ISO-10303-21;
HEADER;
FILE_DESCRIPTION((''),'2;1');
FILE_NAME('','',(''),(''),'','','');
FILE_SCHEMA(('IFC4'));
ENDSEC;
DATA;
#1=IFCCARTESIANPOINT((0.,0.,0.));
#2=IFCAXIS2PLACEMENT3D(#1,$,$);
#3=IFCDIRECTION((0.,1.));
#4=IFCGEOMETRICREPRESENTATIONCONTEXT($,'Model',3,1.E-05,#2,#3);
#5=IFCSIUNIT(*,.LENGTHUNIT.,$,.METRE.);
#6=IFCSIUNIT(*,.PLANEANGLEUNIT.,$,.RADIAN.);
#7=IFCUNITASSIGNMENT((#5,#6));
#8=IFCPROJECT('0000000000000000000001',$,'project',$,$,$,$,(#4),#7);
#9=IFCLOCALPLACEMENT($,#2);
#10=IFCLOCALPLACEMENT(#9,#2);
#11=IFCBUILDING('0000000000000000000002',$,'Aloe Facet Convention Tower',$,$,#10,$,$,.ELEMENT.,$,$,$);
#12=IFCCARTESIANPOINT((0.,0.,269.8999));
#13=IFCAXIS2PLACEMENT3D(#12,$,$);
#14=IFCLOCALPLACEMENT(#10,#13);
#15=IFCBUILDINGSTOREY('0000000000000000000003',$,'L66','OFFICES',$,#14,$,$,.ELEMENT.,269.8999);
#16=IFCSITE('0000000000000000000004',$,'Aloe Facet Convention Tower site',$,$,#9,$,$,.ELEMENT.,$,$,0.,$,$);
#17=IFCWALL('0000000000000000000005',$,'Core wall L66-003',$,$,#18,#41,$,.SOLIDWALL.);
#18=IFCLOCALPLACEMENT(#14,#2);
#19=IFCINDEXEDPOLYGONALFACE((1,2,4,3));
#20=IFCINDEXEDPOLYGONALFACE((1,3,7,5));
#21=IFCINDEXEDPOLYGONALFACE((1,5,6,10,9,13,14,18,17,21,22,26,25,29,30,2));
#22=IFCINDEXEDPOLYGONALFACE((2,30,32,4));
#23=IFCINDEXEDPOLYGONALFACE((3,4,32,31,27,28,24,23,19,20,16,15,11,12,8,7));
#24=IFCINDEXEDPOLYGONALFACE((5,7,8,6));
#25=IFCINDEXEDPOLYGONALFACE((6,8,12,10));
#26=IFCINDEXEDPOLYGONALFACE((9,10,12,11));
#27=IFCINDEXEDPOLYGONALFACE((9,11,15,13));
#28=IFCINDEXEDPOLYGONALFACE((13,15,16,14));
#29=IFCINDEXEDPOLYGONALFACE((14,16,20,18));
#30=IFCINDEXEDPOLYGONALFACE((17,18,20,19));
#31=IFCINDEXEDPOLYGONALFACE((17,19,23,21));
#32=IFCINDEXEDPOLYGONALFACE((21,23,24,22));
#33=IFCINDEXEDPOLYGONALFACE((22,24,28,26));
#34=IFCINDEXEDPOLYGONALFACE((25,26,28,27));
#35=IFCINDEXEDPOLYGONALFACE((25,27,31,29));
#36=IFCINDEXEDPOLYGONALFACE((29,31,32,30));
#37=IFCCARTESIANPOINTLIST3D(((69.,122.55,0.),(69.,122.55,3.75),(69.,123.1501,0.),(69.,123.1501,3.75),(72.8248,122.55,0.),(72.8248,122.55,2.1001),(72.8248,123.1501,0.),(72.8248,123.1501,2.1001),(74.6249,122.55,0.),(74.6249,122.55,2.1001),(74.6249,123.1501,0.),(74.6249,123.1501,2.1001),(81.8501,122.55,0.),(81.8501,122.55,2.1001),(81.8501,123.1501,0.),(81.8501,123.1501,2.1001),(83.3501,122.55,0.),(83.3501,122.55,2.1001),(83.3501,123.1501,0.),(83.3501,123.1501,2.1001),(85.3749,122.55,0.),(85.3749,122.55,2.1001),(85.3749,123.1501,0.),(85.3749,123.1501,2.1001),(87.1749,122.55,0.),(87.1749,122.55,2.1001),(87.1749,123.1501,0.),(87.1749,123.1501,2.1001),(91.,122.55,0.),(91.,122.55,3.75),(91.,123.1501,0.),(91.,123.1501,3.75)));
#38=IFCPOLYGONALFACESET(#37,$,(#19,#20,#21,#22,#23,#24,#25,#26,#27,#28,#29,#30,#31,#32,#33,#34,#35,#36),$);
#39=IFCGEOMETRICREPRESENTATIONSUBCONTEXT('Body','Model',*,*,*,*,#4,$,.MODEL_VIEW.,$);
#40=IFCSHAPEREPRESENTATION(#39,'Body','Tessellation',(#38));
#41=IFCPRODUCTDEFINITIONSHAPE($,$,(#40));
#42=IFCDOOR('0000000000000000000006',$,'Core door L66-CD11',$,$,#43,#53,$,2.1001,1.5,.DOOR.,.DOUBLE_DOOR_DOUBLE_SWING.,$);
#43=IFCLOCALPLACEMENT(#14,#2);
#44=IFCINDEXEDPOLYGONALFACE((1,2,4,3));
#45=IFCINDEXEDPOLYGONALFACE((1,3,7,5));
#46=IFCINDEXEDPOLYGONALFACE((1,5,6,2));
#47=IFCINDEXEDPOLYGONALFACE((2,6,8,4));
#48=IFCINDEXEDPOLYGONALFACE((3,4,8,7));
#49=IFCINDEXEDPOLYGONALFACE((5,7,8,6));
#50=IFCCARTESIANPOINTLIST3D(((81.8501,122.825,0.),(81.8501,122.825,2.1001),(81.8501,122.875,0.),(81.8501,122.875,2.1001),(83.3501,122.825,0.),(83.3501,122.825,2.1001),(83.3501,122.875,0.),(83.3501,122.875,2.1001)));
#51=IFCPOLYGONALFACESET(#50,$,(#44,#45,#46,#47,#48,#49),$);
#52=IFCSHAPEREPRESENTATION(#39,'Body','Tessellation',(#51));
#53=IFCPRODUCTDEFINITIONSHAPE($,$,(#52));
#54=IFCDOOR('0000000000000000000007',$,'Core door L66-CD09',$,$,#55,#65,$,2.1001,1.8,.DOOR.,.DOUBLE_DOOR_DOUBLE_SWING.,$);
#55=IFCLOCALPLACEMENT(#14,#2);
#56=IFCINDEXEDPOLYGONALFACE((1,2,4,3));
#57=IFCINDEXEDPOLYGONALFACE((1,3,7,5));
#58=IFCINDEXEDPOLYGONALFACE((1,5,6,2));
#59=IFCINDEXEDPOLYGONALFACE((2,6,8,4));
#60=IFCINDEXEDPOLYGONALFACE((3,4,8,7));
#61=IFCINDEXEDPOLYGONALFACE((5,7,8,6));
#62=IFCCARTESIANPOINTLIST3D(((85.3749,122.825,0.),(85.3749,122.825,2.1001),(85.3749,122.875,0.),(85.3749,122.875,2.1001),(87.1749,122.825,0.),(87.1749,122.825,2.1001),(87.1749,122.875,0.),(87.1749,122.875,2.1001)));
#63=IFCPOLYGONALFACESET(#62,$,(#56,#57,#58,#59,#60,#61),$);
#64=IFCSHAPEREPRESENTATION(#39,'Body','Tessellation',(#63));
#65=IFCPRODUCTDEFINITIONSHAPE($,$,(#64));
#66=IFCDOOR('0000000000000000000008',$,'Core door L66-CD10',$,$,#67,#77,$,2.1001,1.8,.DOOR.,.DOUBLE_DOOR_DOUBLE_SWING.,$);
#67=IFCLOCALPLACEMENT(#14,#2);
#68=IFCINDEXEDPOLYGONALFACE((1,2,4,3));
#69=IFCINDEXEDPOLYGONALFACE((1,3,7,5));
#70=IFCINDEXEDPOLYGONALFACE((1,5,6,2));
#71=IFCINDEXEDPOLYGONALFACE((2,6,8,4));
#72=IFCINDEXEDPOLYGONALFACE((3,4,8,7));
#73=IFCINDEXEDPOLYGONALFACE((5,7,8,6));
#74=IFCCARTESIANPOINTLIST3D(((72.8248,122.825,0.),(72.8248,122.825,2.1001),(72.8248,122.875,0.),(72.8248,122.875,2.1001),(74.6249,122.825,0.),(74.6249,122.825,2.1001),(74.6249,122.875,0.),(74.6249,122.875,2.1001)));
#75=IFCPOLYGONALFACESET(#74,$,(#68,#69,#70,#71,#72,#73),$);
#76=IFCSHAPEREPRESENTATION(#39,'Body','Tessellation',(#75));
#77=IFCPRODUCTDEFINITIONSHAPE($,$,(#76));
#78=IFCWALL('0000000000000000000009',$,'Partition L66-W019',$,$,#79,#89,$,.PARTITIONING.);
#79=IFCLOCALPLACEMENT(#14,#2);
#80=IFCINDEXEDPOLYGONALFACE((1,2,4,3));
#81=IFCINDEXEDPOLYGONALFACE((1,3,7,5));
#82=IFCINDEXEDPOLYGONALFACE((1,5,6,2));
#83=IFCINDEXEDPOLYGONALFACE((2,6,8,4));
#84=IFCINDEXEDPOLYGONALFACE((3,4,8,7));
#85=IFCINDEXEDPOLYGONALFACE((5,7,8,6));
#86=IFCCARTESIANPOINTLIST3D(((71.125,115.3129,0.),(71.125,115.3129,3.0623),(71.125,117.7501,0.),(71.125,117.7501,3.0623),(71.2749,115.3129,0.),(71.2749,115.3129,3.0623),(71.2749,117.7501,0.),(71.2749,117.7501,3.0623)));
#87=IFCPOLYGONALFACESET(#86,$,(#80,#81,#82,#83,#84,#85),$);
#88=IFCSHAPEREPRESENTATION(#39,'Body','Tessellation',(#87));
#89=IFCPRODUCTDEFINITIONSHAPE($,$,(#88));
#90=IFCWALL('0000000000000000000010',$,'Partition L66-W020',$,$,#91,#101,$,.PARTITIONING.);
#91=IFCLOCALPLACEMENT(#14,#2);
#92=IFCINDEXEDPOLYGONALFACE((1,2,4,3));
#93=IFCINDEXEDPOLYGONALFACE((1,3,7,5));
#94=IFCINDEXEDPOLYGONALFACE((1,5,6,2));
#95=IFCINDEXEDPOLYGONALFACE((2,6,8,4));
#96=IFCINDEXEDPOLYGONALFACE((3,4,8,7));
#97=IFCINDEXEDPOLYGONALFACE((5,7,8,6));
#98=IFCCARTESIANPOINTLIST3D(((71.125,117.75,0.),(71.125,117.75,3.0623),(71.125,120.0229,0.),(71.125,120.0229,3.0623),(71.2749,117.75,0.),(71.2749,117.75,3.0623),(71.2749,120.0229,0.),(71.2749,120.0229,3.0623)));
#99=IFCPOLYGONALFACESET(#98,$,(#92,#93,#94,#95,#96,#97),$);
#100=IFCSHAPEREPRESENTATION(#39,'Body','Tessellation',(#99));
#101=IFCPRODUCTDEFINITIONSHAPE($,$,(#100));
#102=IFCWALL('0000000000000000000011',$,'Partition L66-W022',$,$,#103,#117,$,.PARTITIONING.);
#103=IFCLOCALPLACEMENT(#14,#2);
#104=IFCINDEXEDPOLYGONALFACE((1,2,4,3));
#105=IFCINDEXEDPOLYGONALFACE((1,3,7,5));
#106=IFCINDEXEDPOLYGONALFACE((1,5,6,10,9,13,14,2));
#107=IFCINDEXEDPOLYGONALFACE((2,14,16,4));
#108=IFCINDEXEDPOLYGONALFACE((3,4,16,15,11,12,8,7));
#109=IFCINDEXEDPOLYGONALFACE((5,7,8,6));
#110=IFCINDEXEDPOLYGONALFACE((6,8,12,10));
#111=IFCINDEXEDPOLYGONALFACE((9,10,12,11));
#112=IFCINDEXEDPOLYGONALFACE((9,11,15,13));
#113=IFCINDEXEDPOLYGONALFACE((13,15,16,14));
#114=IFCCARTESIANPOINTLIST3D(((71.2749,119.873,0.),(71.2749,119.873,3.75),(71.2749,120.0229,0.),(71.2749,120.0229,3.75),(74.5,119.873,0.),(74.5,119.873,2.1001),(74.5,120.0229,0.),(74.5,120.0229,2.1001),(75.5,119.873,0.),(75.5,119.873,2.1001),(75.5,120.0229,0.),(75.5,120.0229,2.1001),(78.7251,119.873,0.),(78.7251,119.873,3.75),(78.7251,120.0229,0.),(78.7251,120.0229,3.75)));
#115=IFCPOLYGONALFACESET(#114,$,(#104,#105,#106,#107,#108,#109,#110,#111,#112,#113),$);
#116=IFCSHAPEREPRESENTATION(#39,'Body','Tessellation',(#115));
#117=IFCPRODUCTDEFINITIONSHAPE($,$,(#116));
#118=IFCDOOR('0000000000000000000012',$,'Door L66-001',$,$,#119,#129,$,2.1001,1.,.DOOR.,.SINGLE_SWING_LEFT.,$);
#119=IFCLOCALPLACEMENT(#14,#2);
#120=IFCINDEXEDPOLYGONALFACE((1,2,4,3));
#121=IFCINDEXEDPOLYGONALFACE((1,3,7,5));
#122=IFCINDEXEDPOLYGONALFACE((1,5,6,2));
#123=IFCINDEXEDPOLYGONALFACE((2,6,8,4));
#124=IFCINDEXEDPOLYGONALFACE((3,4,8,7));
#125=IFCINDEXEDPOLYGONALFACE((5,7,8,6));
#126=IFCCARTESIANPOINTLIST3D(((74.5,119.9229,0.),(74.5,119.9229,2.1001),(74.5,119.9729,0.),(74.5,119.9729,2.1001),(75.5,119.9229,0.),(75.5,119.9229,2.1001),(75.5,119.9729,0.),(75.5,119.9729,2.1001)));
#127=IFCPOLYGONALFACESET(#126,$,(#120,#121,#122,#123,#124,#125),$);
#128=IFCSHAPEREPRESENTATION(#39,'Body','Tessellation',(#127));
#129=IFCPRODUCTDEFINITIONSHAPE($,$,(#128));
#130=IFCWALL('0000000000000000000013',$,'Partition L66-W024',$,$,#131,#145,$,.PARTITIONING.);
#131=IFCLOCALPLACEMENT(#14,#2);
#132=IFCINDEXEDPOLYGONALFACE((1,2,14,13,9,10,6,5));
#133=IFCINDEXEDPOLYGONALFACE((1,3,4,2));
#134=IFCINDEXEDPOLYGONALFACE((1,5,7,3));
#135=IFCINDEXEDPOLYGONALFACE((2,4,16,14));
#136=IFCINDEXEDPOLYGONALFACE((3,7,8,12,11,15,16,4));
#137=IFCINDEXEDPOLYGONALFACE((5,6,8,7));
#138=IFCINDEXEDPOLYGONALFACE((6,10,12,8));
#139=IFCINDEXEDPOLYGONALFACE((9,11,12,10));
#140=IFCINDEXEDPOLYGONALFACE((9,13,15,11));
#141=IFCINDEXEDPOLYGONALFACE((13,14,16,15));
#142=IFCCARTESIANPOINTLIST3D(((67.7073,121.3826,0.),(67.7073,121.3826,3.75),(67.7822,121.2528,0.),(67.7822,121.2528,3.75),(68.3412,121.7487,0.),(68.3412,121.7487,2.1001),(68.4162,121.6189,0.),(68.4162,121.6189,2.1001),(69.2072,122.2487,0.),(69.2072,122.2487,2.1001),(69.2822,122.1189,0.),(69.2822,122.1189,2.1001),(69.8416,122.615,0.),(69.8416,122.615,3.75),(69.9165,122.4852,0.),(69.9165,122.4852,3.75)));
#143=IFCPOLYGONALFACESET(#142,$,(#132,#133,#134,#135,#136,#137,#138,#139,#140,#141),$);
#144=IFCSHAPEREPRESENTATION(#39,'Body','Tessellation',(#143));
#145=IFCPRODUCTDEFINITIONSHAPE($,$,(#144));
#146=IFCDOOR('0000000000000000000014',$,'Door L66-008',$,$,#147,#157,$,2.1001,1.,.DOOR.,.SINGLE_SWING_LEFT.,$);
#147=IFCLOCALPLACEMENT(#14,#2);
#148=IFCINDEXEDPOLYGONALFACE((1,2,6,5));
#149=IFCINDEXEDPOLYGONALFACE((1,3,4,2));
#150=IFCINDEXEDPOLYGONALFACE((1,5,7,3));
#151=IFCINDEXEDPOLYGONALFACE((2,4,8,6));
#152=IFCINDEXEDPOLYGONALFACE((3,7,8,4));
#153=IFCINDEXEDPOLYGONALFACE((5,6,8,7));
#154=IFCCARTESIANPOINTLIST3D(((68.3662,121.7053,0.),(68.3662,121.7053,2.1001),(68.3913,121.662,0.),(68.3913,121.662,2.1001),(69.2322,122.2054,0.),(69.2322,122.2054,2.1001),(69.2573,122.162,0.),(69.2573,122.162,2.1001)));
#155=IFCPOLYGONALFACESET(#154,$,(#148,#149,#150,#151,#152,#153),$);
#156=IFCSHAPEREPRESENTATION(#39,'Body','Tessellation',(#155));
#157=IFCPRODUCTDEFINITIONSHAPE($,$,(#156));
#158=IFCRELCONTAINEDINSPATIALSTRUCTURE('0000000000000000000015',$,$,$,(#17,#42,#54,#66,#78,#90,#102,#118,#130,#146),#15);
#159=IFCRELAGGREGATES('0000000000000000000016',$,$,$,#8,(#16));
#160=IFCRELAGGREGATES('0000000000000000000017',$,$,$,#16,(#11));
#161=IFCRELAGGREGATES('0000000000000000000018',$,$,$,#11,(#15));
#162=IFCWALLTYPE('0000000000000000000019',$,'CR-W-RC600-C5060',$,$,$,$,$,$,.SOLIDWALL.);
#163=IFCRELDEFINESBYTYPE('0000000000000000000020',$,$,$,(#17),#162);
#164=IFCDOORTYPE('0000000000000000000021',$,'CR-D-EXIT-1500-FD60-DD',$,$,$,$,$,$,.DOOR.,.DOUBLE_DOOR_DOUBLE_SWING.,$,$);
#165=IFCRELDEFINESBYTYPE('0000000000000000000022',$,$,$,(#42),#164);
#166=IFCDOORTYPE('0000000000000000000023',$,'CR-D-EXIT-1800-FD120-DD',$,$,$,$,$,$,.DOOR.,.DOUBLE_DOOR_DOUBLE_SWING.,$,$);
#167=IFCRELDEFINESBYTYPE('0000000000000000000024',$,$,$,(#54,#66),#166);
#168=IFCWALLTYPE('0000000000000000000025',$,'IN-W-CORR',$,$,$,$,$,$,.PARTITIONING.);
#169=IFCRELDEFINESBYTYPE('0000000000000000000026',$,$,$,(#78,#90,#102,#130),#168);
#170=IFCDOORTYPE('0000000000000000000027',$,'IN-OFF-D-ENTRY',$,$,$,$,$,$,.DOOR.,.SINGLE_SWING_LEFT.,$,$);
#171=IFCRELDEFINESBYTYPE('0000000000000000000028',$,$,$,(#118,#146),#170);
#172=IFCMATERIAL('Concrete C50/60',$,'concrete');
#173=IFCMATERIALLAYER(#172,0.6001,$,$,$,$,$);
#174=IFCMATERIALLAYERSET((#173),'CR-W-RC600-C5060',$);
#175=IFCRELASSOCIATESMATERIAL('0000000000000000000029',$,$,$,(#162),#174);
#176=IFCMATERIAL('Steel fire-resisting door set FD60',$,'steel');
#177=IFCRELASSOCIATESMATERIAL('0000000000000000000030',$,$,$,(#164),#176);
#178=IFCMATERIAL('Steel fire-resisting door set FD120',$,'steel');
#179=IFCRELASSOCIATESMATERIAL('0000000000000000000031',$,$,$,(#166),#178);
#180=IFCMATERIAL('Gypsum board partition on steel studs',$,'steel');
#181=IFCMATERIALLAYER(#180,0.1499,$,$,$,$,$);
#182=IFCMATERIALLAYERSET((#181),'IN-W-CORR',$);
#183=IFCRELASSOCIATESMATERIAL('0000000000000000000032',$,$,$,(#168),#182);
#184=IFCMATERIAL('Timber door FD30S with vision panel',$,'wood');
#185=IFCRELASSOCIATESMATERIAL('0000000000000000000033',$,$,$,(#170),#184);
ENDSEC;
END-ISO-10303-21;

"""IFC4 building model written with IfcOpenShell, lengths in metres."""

from ifc_helpers import new_model, si_unit, direction, frame, frame_2d, origin, place, context, subcontext, project, spatial, rectangle, extrude, material, layer, layer_set, type_object, element, fill, save


model = new_model("IFC4")

# Units and contexts
model_context = context("Model", 3, precision=1e-05, world=origin(), true_north=direction((0.0, 1.0)))
body_context = subcontext(model_context, "Body", "Model", "MODEL_VIEW")
ifc_project = project(units=[si_unit("LENGTHUNIT", "METRE"), si_unit("PLANEANGLEUNIT", "RADIAN")], contexts=[model_context])

# Site, building, storey
site_placement = place(None, origin())
site = spatial("IfcSite", under=ifc_project, at=site_placement, Name="Aloe Facet Convention Tower site", CompositionType="ELEMENT", RefElevation=0.0)
building_placement = place(site_placement, origin())
building = spatial("IfcBuilding", under=site, at=building_placement, Name="Aloe Facet Convention Tower", CompositionType="ELEMENT")
storey_placement = place(building_placement, frame((0.0, 0.0, 269.8999)))
storey = spatial("IfcBuildingStorey", under=building, at=storey_placement, Name="L66", Description="OFFICES", CompositionType="ELEMENT", Elevation=269.8999)

# Wall, openings, doors
ifc_material_1 = material(Name="Concrete C50/60", Category="concrete")
ifc_layer_1 = layer(ifc_material_1, 0.6001)
ifc_layer_set_1 = layer_set([ifc_layer_1], Name="CR-W-RC600-C5060")
wall_type_1 = type_object("IfcWallType", Name="CR-W-RC600-C5060", PredefinedType="SOLIDWALL", material=ifc_layer_set_1)
wall_1_placement = place(storey_placement, frame((69.0, 122.8501, 0.0), z_axis=(0.0, 0.0, 1.0), x_axis=(1.0, 0.0, 0.0)))
wall_1 = element("IfcWall", 1, at=wall_1_placement, inside=storey, type_object=wall_type_1, Name="Core wall L66-003", PredefinedType="SOLIDWALL", context=body_context, shape_type="SweptSolid", body=[
    extrude(rectangle(XDim=22.0, YDim=0.6001, at=frame_2d((11.0, 0.0))), origin(), (0.0, 0.0, 1.0), 3.75),
])
opening_1_placement = place(wall_1_placement, frame((16.375, 0.0, 0.0)))
opening_1 = element("IfcOpeningElement", 2, at=opening_1_placement, cuts=wall_1, PredefinedType="OPENING", context=body_context, shape_type="SweptSolid", body=[
    extrude(rectangle(XDim=1.8, YDim=2.1001, at=frame_2d((0.8999, 1.05))), frame((0.0, 0.3101, 0.0), z_axis=(0.0, -1.0, 0.0), x_axis=(1.0, 0.0, 0.0)), (0.0, 0.0, 1.0), 0.6201),
])
opening_2_placement = place(wall_1_placement, frame((3.825, 0.0, 0.0)))
opening_2 = element("IfcOpeningElement", 3, at=opening_2_placement, cuts=wall_1, PredefinedType="OPENING", context=body_context, shape_type="SweptSolid", body=[
    extrude(rectangle(XDim=1.8, YDim=2.1001, at=frame_2d((0.8999, 1.05))), frame((0.0, 0.3101, 0.0), z_axis=(0.0, -1.0, 0.0), x_axis=(1.0, 0.0, 0.0)), (0.0, 0.0, 1.0), 0.6201),
])
opening_3_placement = place(wall_1_placement, frame((12.8501, 0.0, 0.0)))
opening_3 = element("IfcOpeningElement", 4, at=opening_3_placement, cuts=wall_1, PredefinedType="OPENING", context=body_context, shape_type="SweptSolid", body=[
    extrude(rectangle(XDim=1.5, YDim=2.1001, at=frame_2d((0.75, 1.05))), frame((0.0, 0.3101, 0.0), z_axis=(0.0, -1.0, 0.0), x_axis=(1.0, 0.0, 0.0)), (0.0, 0.0, 1.0), 0.6201),
])
ifc_material_2 = material(Name="Steel fire-resisting door set FD60", Category="steel")
door_type_1 = type_object("IfcDoorType", Name="CR-D-EXIT-1500-FD60-DD", OperationType="DOUBLE_DOOR_DOUBLE_SWING", PredefinedType="DOOR", material=ifc_material_2)
door_1_placement = place(opening_3_placement, origin())
door_1 = element("IfcDoor", 5, at=door_1_placement, inside=storey, type_object=door_type_1, Name="Core door L66-CD11", OperationType="DOUBLE_DOOR_DOUBLE_SWING", OverallHeight=2.1001, OverallWidth=1.5, PredefinedType="DOOR", context=body_context, shape_type="SweptSolid", body=[
    extrude(rectangle(XDim=1.5, YDim=2.1001, at=frame_2d((0.75, 1.05))), frame((0.0, 0.0249, 0.0), z_axis=(0.0, -1.0, 0.0), x_axis=(1.0, 0.0, 0.0)), (0.0, 0.0, 1.0), 0.05),
])
fill(opening_3, door_1)
ifc_material_3 = material(Name="Steel fire-resisting door set FD120", Category="steel")
door_type_2 = type_object("IfcDoorType", Name="CR-D-EXIT-1800-FD120-DD", OperationType="DOUBLE_DOOR_DOUBLE_SWING", PredefinedType="DOOR", material=ifc_material_3)
door_2_placement = place(opening_1_placement, origin())
door_2 = element("IfcDoor", 6, at=door_2_placement, inside=storey, type_object=door_type_2, Name="Core door L66-CD09", OperationType="DOUBLE_DOOR_DOUBLE_SWING", OverallHeight=2.1001, OverallWidth=1.8, PredefinedType="DOOR", context=body_context, shape_type="SweptSolid", body=[
    extrude(rectangle(XDim=1.8, YDim=2.1001, at=frame_2d((0.8999, 1.05))), frame((0.0, 0.0249, 0.0), z_axis=(0.0, -1.0, 0.0), x_axis=(1.0, 0.0, 0.0)), (0.0, 0.0, 1.0), 0.05),
])
fill(opening_1, door_2)
door_3_placement = place(opening_2_placement, origin())
door_3 = element("IfcDoor", 7, at=door_3_placement, inside=storey, type_object=door_type_2, Name="Core door L66-CD10", OperationType="DOUBLE_DOOR_DOUBLE_SWING", OverallHeight=2.1001, OverallWidth=1.8, PredefinedType="DOOR", context=body_context, shape_type="SweptSolid", body=[
    extrude(rectangle(XDim=1.8, YDim=2.1001, at=frame_2d((0.8999, 1.05))), frame((0.0, 0.0249, 0.0), z_axis=(0.0, -1.0, 0.0), x_axis=(1.0, 0.0, 0.0)), (0.0, 0.0, 1.0), 0.05),
])
fill(opening_2, door_3)

# Walls
ifc_material_4 = material(Name="Gypsum board partition on steel studs", Category="steel")
ifc_layer_2 = layer(ifc_material_4, 0.1499)
ifc_layer_set_2 = layer_set([ifc_layer_2], Name="IN-W-CORR")
wall_type_2 = type_object("IfcWallType", Name="IN-W-CORR", PredefinedType="PARTITIONING", material=ifc_layer_set_2)
wall_2_placement = place(storey_placement, frame((71.2, 115.3127, 0.0), z_axis=(0.0, 0.0, 1.0), x_axis=(0.0, 1.0, 0.0)))
element("IfcWall", 8, at=wall_2_placement, inside=storey, type_object=wall_type_2, Name="Partition L66-W019", PredefinedType="PARTITIONING", context=body_context, shape_type="SweptSolid", body=[
    extrude(rectangle(XDim=2.4373, YDim=0.1499, at=frame_2d((1.2188, 0.0))), origin(), (0.0, 0.0, 1.0), 3.0623),
])
wall_3_placement = place(storey_placement, frame((71.2, 117.75, 0.0), z_axis=(0.0, 0.0, 1.0), x_axis=(0.0, 1.0, 0.0)))
element("IfcWall", 9, at=wall_3_placement, inside=storey, type_object=wall_type_2, Name="Partition L66-W020", PredefinedType="PARTITIONING", context=body_context, shape_type="SweptSolid", body=[
    extrude(rectangle(XDim=2.2729, YDim=0.1499, at=frame_2d((1.1365, 0.0))), origin(), (0.0, 0.0, 1.0), 3.0623),
])

# Walls, openings, doors
wall_4_placement = place(storey_placement, frame((71.2749, 119.948, 0.0), z_axis=(0.0, 0.0, 1.0), x_axis=(1.0, 0.0, 0.0)))
wall_4 = element("IfcWall", 10, at=wall_4_placement, inside=storey, type_object=wall_type_2, Name="Partition L66-W022", PredefinedType="PARTITIONING", context=body_context, shape_type="SweptSolid", body=[
    extrude(rectangle(XDim=7.4502, YDim=0.1499, at=frame_2d((3.7251, 0.0))), origin(), (0.0, 0.0, 1.0), 3.75),
])
opening_4_placement = place(wall_4_placement, frame((3.2251, 0.0, 0.0)))
opening_4 = element("IfcOpeningElement", 11, at=opening_4_placement, cuts=wall_4, PredefinedType="OPENING", context=body_context, shape_type="SweptSolid", body=[
    extrude(rectangle(XDim=1.0, YDim=2.1001, at=frame_2d((0.5, 1.05))), frame((0.0, 0.085, 0.0), z_axis=(0.0, -1.0, 0.0), x_axis=(1.0, 0.0, 0.0)), (0.0, 0.0, 1.0), 0.1699),
])
ifc_material_5 = material(Name="Timber door FD30S with vision panel", Category="wood")
door_type_3 = type_object("IfcDoorType", Name="IN-OFF-D-ENTRY", OperationType="SINGLE_SWING_LEFT", PredefinedType="DOOR", material=ifc_material_5)
door_4_placement = place(opening_4_placement, origin())
door_4 = element("IfcDoor", 12, at=door_4_placement, inside=storey, type_object=door_type_3, Name="Door L66-001", OperationType="SINGLE_SWING_LEFT", OverallHeight=2.1001, OverallWidth=1.0, PredefinedType="DOOR", context=body_context, shape_type="SweptSolid", body=[
    extrude(rectangle(XDim=1.0, YDim=2.1001, at=frame_2d((0.5, 1.05))), frame((0.0, 0.0249, 0.0), z_axis=(0.0, -1.0, 0.0), x_axis=(1.0, 0.0, 0.0)), (0.0, 0.0, 1.0), 0.05),
])
fill(opening_4, door_4)
wall_5_placement = place(storey_placement, frame((67.7446, 121.3176, 0.0), z_axis=(0.0, 0.0, 1.0), x_axis=(0.865991, 0.50006, 0.0)))
wall_5 = element("IfcWall", 13, at=wall_5_placement, inside=storey, type_object=wall_type_2, Name="Partition L66-W024", PredefinedType="PARTITIONING", context=body_context, shape_type="SweptSolid", body=[
    extrude(rectangle(XDim=2.4646, YDim=0.1499, at=frame_2d((1.2324, 0.0))), origin(), (0.0, 0.0, 1.0), 3.75),
])
opening_5_placement = place(wall_5_placement, frame((0.7322, 0.0, 0.0)))
opening_5 = element("IfcOpeningElement", 14, at=opening_5_placement, cuts=wall_5, PredefinedType="OPENING", context=body_context, shape_type="SweptSolid", body=[
    extrude(rectangle(XDim=1.0, YDim=2.1001, at=frame_2d((0.5, 1.05))), frame((0.0, 0.085, 0.0), z_axis=(0.0, -1.0, 0.0), x_axis=(1.0, 0.0, 0.0)), (0.0, 0.0, 1.0), 0.1699),
])
door_5_placement = place(opening_5_placement, origin())
door_5 = element("IfcDoor", 15, at=door_5_placement, inside=storey, type_object=door_type_3, Name="Door L66-008", OperationType="SINGLE_SWING_LEFT", OverallHeight=2.1001, OverallWidth=1.0, PredefinedType="DOOR", context=body_context, shape_type="SweptSolid", body=[
    extrude(rectangle(XDim=1.0, YDim=2.1001, at=frame_2d((0.5, 1.05))), frame((0.0, 0.0249, 0.0), z_axis=(0.0, -1.0, 0.0), x_axis=(1.0, 0.0, 0.0)), (0.0, 0.0, 1.0), 0.05),
])
fill(opening_5, door_5)

save(model, "model.ifc")
